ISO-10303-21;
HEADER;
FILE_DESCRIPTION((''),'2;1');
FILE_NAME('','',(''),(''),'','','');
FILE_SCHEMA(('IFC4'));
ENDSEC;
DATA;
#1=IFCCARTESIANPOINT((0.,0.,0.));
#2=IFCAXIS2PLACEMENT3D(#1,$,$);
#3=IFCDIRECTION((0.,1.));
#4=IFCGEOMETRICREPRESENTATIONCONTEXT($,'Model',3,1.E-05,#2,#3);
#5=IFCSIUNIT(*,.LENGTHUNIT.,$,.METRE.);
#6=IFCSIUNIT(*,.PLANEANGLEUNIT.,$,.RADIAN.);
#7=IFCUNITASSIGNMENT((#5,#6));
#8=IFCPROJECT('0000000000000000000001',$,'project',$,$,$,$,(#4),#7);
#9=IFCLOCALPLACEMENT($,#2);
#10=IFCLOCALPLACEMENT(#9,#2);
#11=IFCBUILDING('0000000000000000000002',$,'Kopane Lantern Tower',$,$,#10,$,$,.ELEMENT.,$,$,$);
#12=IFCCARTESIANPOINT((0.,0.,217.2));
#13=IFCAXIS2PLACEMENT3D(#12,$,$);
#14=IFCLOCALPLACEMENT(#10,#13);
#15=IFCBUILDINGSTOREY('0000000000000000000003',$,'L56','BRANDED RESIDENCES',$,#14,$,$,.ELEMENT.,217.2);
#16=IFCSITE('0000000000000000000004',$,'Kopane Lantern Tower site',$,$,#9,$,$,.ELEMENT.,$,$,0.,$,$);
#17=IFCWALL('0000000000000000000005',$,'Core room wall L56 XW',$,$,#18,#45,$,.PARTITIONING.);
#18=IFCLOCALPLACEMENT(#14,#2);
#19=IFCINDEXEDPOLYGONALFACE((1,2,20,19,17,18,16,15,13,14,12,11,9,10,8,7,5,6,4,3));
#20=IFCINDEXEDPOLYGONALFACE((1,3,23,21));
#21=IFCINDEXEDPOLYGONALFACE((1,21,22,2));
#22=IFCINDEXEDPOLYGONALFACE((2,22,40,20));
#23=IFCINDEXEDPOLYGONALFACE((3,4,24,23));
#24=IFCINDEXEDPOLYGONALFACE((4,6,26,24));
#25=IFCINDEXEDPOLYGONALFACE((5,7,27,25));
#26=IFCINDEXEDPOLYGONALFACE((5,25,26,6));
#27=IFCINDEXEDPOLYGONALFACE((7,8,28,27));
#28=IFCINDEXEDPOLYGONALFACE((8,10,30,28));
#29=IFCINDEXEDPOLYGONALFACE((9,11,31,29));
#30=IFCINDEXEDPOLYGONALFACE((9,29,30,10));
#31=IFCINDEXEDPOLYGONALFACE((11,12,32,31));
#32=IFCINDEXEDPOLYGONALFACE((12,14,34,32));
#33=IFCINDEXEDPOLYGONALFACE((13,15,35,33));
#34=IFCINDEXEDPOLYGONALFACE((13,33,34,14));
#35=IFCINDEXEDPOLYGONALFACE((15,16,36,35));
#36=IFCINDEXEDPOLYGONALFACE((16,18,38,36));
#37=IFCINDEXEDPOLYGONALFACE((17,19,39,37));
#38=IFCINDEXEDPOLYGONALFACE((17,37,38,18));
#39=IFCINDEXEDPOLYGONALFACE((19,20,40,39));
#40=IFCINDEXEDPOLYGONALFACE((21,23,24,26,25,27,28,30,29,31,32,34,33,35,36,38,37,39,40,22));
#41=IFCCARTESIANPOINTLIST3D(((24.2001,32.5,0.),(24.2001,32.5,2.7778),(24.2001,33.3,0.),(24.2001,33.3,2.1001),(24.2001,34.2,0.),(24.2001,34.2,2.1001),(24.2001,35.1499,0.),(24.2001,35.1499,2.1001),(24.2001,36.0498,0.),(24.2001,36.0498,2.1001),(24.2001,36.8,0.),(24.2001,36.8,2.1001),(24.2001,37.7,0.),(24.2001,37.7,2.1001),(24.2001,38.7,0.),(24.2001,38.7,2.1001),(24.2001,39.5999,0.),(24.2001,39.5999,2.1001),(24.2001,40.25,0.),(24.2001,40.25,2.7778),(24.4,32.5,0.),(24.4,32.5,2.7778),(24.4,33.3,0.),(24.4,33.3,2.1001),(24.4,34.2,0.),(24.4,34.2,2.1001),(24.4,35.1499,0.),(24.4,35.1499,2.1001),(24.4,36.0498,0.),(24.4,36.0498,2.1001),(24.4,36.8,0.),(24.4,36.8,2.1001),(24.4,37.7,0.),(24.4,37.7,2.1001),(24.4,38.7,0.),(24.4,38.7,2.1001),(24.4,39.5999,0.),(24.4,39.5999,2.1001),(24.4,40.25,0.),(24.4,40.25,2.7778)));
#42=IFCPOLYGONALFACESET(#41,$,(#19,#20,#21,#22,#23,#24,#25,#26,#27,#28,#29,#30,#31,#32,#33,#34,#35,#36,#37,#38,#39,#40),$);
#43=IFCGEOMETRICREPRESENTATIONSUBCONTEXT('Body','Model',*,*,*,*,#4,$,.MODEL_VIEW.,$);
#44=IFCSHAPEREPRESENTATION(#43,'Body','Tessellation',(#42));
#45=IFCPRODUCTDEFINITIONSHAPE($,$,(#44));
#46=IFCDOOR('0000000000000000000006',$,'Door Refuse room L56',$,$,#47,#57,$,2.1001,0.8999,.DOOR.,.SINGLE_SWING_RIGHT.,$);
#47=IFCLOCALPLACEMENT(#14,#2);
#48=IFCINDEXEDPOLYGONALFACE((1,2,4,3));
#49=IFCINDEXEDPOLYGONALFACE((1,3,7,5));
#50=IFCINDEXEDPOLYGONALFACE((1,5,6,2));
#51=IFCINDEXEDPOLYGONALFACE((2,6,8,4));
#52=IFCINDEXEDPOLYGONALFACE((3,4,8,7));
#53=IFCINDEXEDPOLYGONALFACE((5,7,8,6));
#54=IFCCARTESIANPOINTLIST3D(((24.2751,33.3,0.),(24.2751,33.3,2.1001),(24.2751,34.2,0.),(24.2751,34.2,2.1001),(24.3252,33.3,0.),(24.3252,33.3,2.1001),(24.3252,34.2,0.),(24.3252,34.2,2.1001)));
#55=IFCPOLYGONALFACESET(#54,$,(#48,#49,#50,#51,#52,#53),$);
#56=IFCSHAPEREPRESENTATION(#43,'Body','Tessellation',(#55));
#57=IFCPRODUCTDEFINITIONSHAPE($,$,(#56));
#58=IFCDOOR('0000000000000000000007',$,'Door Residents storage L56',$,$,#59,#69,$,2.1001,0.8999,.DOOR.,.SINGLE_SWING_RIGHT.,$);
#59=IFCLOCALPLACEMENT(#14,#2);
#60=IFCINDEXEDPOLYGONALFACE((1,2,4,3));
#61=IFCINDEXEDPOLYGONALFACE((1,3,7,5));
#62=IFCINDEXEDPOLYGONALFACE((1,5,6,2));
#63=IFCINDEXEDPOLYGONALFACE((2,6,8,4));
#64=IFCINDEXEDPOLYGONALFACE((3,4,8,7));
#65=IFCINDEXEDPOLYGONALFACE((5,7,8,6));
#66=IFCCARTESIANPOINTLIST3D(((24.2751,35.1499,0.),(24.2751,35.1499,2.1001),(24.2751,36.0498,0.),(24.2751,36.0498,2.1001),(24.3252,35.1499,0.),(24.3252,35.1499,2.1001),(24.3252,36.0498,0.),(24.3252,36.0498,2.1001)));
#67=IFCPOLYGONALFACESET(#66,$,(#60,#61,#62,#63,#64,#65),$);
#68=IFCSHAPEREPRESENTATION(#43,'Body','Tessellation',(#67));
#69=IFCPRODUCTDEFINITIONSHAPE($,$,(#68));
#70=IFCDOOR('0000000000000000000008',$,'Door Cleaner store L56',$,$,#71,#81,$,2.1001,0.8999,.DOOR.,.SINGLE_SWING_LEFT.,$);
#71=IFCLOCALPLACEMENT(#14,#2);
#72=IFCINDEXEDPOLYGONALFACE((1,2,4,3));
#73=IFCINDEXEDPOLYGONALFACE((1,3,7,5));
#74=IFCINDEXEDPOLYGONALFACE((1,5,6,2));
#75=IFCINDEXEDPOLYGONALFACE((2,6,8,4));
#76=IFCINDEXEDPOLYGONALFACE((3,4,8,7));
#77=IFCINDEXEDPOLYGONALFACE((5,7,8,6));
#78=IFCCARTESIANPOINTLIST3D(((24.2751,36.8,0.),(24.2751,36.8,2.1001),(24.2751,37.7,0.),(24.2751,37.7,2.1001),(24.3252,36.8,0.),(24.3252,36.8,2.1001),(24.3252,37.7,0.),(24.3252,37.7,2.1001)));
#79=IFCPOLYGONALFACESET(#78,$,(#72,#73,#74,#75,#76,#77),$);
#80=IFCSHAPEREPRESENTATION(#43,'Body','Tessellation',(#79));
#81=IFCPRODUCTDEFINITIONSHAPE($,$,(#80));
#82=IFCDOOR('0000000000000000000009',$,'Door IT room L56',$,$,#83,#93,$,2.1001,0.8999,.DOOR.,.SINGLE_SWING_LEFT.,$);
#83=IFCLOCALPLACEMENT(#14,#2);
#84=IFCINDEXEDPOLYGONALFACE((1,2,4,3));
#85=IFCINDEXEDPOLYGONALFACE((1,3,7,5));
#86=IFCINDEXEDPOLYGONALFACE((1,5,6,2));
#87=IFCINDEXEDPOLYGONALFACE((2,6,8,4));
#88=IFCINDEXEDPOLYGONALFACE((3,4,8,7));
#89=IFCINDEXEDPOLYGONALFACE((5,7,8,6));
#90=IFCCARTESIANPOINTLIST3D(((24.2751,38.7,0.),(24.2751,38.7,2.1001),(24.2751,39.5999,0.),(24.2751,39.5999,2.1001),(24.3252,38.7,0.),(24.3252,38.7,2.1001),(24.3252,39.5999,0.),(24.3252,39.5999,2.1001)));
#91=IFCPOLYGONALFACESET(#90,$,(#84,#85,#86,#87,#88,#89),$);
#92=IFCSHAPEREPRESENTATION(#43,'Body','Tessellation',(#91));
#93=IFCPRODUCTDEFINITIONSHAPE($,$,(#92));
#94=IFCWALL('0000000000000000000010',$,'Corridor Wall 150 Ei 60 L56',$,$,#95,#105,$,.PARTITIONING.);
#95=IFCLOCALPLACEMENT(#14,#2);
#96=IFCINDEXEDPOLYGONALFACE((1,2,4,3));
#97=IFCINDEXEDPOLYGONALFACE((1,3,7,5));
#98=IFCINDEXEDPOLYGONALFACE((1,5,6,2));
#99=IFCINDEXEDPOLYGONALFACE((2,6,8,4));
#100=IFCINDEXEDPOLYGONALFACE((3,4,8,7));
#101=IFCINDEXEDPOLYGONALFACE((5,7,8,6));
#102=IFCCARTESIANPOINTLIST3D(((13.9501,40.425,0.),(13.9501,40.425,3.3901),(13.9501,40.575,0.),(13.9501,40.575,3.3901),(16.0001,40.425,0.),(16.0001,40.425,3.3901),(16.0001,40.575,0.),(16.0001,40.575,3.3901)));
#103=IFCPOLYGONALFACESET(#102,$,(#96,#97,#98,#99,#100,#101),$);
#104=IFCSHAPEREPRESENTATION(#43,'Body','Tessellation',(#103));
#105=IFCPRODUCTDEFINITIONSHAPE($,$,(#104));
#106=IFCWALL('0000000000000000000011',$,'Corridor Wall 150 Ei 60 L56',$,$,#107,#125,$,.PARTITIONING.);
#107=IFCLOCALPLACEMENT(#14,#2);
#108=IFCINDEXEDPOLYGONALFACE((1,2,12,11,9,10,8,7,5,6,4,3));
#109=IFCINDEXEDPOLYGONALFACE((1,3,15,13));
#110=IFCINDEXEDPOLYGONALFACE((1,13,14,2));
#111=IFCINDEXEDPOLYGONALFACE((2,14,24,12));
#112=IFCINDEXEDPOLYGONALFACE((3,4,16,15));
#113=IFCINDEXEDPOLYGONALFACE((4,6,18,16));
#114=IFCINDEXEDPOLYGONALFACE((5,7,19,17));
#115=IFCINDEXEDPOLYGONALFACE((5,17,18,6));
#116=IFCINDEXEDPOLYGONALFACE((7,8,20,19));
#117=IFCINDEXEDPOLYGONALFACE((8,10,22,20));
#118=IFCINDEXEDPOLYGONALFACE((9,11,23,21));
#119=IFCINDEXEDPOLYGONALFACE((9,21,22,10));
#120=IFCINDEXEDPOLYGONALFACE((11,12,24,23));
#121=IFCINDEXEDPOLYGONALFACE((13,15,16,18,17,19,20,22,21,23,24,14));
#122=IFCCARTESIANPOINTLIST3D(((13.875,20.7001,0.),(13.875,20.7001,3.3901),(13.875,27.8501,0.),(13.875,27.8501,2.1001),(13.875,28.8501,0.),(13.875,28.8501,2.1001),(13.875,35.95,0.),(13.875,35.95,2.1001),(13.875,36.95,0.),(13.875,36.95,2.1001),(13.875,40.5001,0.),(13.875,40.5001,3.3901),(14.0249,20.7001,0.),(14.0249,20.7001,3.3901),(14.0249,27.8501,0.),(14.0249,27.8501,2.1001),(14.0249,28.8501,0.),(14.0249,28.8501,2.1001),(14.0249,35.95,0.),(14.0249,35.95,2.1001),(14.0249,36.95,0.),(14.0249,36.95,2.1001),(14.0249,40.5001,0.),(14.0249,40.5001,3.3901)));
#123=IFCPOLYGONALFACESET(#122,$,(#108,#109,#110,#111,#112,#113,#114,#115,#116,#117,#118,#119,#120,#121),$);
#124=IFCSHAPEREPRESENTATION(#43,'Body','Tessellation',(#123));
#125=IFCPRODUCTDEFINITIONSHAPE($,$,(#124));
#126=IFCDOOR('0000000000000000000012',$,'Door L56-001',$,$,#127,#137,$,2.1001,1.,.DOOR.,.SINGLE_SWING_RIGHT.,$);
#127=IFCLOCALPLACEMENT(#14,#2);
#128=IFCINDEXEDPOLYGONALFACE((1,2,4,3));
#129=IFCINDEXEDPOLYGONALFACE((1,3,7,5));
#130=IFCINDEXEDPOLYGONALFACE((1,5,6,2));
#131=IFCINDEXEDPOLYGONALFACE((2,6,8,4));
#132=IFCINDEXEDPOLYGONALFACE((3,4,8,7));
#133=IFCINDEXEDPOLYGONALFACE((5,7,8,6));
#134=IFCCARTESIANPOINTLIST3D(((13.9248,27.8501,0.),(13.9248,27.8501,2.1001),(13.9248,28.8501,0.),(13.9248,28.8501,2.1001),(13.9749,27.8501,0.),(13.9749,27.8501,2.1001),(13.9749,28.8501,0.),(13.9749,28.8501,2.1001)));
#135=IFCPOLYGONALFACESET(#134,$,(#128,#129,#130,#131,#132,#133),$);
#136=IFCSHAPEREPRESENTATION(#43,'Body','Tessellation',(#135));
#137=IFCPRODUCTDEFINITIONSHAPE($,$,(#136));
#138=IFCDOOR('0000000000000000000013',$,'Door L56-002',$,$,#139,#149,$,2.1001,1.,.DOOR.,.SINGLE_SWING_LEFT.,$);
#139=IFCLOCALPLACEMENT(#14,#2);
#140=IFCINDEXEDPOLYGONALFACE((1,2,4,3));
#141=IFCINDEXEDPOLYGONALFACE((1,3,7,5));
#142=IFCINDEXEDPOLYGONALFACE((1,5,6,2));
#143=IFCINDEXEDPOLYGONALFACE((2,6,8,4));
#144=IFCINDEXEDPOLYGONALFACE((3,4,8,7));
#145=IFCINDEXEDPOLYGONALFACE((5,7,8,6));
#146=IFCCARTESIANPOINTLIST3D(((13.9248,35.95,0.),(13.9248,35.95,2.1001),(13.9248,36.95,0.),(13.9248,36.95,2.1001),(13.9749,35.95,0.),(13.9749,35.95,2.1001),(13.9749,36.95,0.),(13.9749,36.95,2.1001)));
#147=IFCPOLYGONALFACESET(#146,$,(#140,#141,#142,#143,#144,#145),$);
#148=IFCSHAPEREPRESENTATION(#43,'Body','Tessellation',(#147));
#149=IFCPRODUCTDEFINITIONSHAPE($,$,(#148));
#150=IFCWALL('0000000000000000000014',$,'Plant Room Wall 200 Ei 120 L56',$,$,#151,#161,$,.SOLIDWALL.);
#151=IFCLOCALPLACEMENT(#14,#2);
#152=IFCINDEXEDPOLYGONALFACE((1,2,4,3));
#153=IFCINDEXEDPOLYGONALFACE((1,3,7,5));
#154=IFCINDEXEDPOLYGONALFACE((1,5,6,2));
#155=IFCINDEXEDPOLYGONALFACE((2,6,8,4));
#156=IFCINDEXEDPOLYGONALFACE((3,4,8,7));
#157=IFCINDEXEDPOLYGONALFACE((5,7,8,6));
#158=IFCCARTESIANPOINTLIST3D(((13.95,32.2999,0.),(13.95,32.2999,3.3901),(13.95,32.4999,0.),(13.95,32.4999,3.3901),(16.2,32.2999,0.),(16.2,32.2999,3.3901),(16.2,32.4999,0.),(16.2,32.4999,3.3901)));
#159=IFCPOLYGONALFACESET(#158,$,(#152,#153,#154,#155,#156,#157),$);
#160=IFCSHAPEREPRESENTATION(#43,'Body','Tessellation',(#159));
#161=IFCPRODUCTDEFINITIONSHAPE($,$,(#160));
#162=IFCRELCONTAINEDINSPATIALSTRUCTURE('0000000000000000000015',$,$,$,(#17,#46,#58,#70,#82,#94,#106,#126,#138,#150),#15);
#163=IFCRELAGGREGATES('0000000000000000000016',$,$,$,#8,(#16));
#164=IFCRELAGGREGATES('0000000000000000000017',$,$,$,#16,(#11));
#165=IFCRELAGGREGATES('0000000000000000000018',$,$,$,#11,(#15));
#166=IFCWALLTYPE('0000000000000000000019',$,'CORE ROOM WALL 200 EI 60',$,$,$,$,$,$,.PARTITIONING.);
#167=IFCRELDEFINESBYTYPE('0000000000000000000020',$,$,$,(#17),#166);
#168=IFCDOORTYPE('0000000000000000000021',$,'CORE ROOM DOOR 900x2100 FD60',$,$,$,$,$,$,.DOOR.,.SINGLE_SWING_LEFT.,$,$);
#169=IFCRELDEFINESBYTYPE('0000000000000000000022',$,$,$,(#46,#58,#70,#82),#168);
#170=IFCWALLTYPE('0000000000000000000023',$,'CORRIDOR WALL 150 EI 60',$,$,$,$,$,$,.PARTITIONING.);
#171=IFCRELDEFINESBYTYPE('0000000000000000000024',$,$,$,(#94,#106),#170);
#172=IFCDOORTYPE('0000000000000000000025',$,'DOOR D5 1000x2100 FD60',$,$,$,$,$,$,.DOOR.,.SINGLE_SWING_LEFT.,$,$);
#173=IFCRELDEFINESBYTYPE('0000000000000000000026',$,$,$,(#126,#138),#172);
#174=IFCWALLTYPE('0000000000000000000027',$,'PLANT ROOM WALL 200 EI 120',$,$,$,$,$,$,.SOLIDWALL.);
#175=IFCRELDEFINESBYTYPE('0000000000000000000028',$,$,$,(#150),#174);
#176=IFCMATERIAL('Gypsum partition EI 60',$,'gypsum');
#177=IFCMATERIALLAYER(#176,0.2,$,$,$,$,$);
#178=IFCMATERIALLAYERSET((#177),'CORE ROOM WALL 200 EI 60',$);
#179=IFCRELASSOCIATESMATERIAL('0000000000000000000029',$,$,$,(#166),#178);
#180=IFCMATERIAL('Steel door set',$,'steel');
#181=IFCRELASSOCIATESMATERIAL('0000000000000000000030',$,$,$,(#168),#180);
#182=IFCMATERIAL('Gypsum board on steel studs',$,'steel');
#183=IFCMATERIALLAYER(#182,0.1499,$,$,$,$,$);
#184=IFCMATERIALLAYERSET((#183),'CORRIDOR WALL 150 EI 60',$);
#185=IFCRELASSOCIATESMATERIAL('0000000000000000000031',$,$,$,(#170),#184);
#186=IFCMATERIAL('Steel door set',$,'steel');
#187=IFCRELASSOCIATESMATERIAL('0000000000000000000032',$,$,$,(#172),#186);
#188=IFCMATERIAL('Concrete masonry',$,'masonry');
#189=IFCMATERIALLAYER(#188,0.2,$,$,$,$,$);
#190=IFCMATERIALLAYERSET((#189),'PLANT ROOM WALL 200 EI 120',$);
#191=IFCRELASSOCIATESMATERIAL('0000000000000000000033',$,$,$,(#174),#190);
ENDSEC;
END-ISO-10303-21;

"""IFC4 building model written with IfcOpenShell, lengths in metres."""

from ifc_helpers import new_model, si_unit, direction, frame, frame_2d, origin, place, context, subcontext, project, spatial, rectangle, extrude, material, layer, layer_set, type_object, element, fill, save


model = new_model("IFC4")

# Units and contexts
model_context = context("Model", 3, precision=1e-05, world=origin(), true_north=direction((0.0, 1.0)))
body_context = subcontext(model_context, "Body", "Model", "MODEL_VIEW")
ifc_project = project(units=[si_unit("LENGTHUNIT", "METRE"), si_unit("PLANEANGLEUNIT", "RADIAN")], contexts=[model_context])

# Site, building, storey
site_placement = place(None, origin())
site = spatial("IfcSite", under=ifc_project, at=site_placement, Name="Kopane Lantern Tower site", CompositionType="ELEMENT", RefElevation=0.0)
building_placement = place(site_placement, origin())
building = spatial("IfcBuilding", under=site, at=building_placement, Name="Kopane Lantern Tower", CompositionType="ELEMENT")
storey_placement = place(building_placement, frame((0.0, 0.0, 217.2)))
storey = spatial("IfcBuildingStorey", under=building, at=storey_placement, Name="L56", Description="BRANDED RESIDENCES", CompositionType="ELEMENT", Elevation=217.2)

# Wall, openings, doors
ifc_material_1 = material(Name="Gypsum partition EI 60", Category="gypsum")
ifc_layer_1 = layer(ifc_material_1, 0.2)
ifc_layer_set_1 = layer_set([ifc_layer_1], Name="CORE ROOM WALL 200 EI 60")
wall_type_1 = type_object("IfcWallType", Name="CORE ROOM WALL 200 EI 60", PredefinedType="PARTITIONING", material=ifc_layer_set_1)
wall_1_placement = place(storey_placement, frame((24.3, 32.5, 0.0), z_axis=(0.0, 0.0, 1.0), x_axis=(0.0, 1.0, 0.0)))
wall_1 = element("IfcWall", 1, at=wall_1_placement, inside=storey, type_object=wall_type_1, Name="Core room wall L56 XW", PredefinedType="PARTITIONING", context=body_context, shape_type="SweptSolid", body=[
    extrude(rectangle(XDim=7.75, YDim=0.2, at=frame_2d((3.875, 0.0))), origin(), (0.0, 0.0, 1.0), 2.7778),
])
opening_1_placement = place(wall_1_placement, frame((0.8, 0.0, 0.0)))
opening_1 = element("IfcOpeningElement", 2, at=opening_1_placement, cuts=wall_1, PredefinedType="OPENING", context=body_context, shape_type="SweptSolid", body=[
    extrude(rectangle(XDim=0.8999, YDim=2.1001, at=frame_2d((0.45, 1.05))), frame((0.0, 0.1099, 0.0), z_axis=(0.0, -1.0, 0.0), x_axis=(1.0, 0.0, 0.0)), (0.0, 0.0, 1.0), 0.22),
])
opening_2_placement = place(wall_1_placement, frame((2.6499, 0.0, 0.0)))
opening_2 = element("IfcOpeningElement", 3, at=opening_2_placement, cuts=wall_1, PredefinedType="OPENING", context=body_context, shape_type="SweptSolid", body=[
    extrude(rectangle(XDim=0.8999, YDim=2.1001, at=frame_2d((0.45, 1.05))), frame((0.0, 0.1099, 0.0), z_axis=(0.0, -1.0, 0.0), x_axis=(1.0, 0.0, 0.0)), (0.0, 0.0, 1.0), 0.22),
])
opening_3_placement = place(wall_1_placement, frame((4.3, 0.0, 0.0)))
opening_3 = element("IfcOpeningElement", 4, at=opening_3_placement, cuts=wall_1, PredefinedType="OPENING", context=body_context, shape_type="SweptSolid", body=[
    extrude(rectangle(XDim=0.8999, YDim=2.1001, at=frame_2d((0.45, 1.05))), frame((0.0, 0.1099, 0.0), z_axis=(0.0, -1.0, 0.0), x_axis=(1.0, 0.0, 0.0)), (0.0, 0.0, 1.0), 0.22),
])
opening_4_placement = place(wall_1_placement, frame((6.2, 0.0, 0.0)))
opening_4 = element("IfcOpeningElement", 5, at=opening_4_placement, cuts=wall_1, PredefinedType="OPENING", context=body_context, shape_type="SweptSolid", body=[
    extrude(rectangle(XDim=0.8999, YDim=2.1001, at=frame_2d((0.45, 1.05))), frame((0.0, 0.1099, 0.0), z_axis=(0.0, -1.0, 0.0), x_axis=(1.0, 0.0, 0.0)), (0.0, 0.0, 1.0), 0.22),
])
ifc_material_2 = material(Name="Steel door set", Category="steel")
door_type_1 = type_object("IfcDoorType", Name="CORE ROOM DOOR 900x2100 FD60", OperationType="SINGLE_SWING_LEFT", PredefinedType="DOOR", material=ifc_material_2)
door_1_placement = place(opening_1_placement, origin())
door_1 = element("IfcDoor", 6, at=door_1_placement, inside=storey, type_object=door_type_1, Name="Door Refuse room L56", OperationType="SINGLE_SWING_RIGHT", OverallHeight=2.1001, OverallWidth=0.8999, PredefinedType="DOOR", context=body_context, shape_type="SweptSolid", body=[
    extrude(rectangle(XDim=0.8999, YDim=2.1001, at=frame_2d((0.45, 1.05))), frame((0.0, 0.0249, 0.0), z_axis=(0.0, -1.0, 0.0), x_axis=(1.0, 0.0, 0.0)), (0.0, 0.0, 1.0), 0.05),
])
fill(opening_1, door_1)
door_2_placement = place(opening_2_placement, origin())
door_2 = element("IfcDoor", 7, at=door_2_placement, inside=storey, type_object=door_type_1, Name="Door Residents storage L56", OperationType="SINGLE_SWING_RIGHT", OverallHeight=2.1001, OverallWidth=0.8999, PredefinedType="DOOR", context=body_context, shape_type="SweptSolid", body=[
    extrude(rectangle(XDim=0.8999, YDim=2.1001, at=frame_2d((0.45, 1.05))), frame((0.0, 0.0249, 0.0), z_axis=(0.0, -1.0, 0.0), x_axis=(1.0, 0.0, 0.0)), (0.0, 0.0, 1.0), 0.05),
])
fill(opening_2, door_2)
door_3_placement = place(opening_3_placement, origin())
door_3 = element("IfcDoor", 8, at=door_3_placement, inside=storey, type_object=door_type_1, Name="Door Cleaner store L56", OperationType="SINGLE_SWING_LEFT", OverallHeight=2.1001, OverallWidth=0.8999, PredefinedType="DOOR", context=body_context, shape_type="SweptSolid", body=[
    extrude(rectangle(XDim=0.8999, YDim=2.1001, at=frame_2d((0.45, 1.05))), frame((0.0, 0.0249, 0.0), z_axis=(0.0, -1.0, 0.0), x_axis=(1.0, 0.0, 0.0)), (0.0, 0.0, 1.0), 0.05),
])
fill(opening_3, door_3)
door_4_placement = place(opening_4_placement, origin())
door_4 = element("IfcDoor", 9, at=door_4_placement, inside=storey, type_object=door_type_1, Name="Door IT room L56", OperationType="SINGLE_SWING_LEFT", OverallHeight=2.1001, OverallWidth=0.8999, PredefinedType="DOOR", context=body_context, shape_type="SweptSolid", body=[
    extrude(rectangle(XDim=0.8999, YDim=2.1001, at=frame_2d((0.45, 1.05))), frame((0.0, 0.0249, 0.0), z_axis=(0.0, -1.0, 0.0), x_axis=(1.0, 0.0, 0.0)), (0.0, 0.0, 1.0), 0.05),
])
fill(opening_4, door_4)

# Wall
ifc_material_3 = material(Name="Gypsum board on steel studs", Category="steel")
ifc_layer_2 = layer(ifc_material_3, 0.1499)
ifc_layer_set_2 = layer_set([ifc_layer_2], Name="CORRIDOR WALL 150 EI 60")
wall_type_2 = type_object("IfcWallType", Name="CORRIDOR WALL 150 EI 60", PredefinedType="PARTITIONING", material=ifc_layer_set_2)
wall_2_placement = place(storey_placement, frame((16.0, 40.5, 0.0), z_axis=(0.0, 0.0, 1.0), x_axis=(-1.0, 0.0, 0.0)))
element("IfcWall", 10, at=wall_2_placement, inside=storey, type_object=wall_type_2, Name="Corridor Wall 150 Ei 60 L56", PredefinedType="PARTITIONING", context=body_context, shape_type="SweptSolid", body=[
    extrude(rectangle(XDim=2.05, YDim=0.1499, at=frame_2d((1.0249, 0.0))), origin(), (0.0, 0.0, 1.0), 3.3901),
])

# Wall, openings, doors
wall_3_placement = place(storey_placement, frame((13.95, 40.5, 0.0), z_axis=(0.0, 0.0, 1.0), x_axis=(0.0, -1.0, 0.0)))
wall_3 = element("IfcWall", 11, at=wall_3_placement, inside=storey, type_object=wall_type_2, Name="Corridor Wall 150 Ei 60 L56", PredefinedType="PARTITIONING", context=body_context, shape_type="SweptSolid", body=[
    extrude(rectangle(XDim=19.8, YDim=0.1499, at=frame_2d((9.8999, 0.0))), origin(), (0.0, 0.0, 1.0), 3.3901),
])
opening_5_placement = place(wall_3_placement, frame((11.6499, 0.0, 0.0)))
opening_5 = element("IfcOpeningElement", 12, at=opening_5_placement, cuts=wall_3, PredefinedType="OPENING", context=body_context, shape_type="SweptSolid", body=[
    extrude(rectangle(XDim=1.0, YDim=2.1001, at=frame_2d((0.5, 1.05))), frame((0.0, 0.085, 0.0), z_axis=(0.0, -1.0, 0.0), x_axis=(1.0, 0.0, 0.0)), (0.0, 0.0, 1.0), 0.1699),
])
opening_6_placement = place(wall_3_placement, frame((3.55, 0.0, 0.0)))
opening_6 = element("IfcOpeningElement", 13, at=opening_6_placement, cuts=wall_3, PredefinedType="OPENING", context=body_context, shape_type="SweptSolid", body=[
    extrude(rectangle(XDim=1.0, YDim=2.1001, at=frame_2d((0.5, 1.05))), frame((0.0, 0.085, 0.0), z_axis=(0.0, -1.0, 0.0), x_axis=(1.0, 0.0, 0.0)), (0.0, 0.0, 1.0), 0.1699),
])
ifc_material_4 = material(Name="Steel door set", Category="steel")
door_type_2 = type_object("IfcDoorType", Name="DOOR D5 1000x2100 FD60", OperationType="SINGLE_SWING_LEFT", PredefinedType="DOOR", material=ifc_material_4)
door_5_placement = place(opening_5_placement, origin())
door_5 = element("IfcDoor", 14, at=door_5_placement, inside=storey, type_object=door_type_2, Name="Door L56-001", OperationType="SINGLE_SWING_RIGHT", OverallHeight=2.1001, OverallWidth=1.0, PredefinedType="DOOR", context=body_context, shape_type="SweptSolid", body=[
    extrude(rectangle(XDim=1.0, YDim=2.1001, at=frame_2d((0.5, 1.05))), frame((0.0, 0.0249, 0.0), z_axis=(0.0, -1.0, 0.0), x_axis=(1.0, 0.0, 0.0)), (0.0, 0.0, 1.0), 0.05),
])
fill(opening_5, door_5)
door_6_placement = place(opening_6_placement, origin())
door_6 = element("IfcDoor", 15, at=door_6_placement, inside=storey, type_object=door_type_2, Name="Door L56-002", OperationType="SINGLE_SWING_LEFT", OverallHeight=2.1001, OverallWidth=1.0, PredefinedType="DOOR", context=body_context, shape_type="SweptSolid", body=[
    extrude(rectangle(XDim=1.0, YDim=2.1001, at=frame_2d((0.5, 1.05))), frame((0.0, 0.0249, 0.0), z_axis=(0.0, -1.0, 0.0), x_axis=(1.0, 0.0, 0.0)), (0.0, 0.0, 1.0), 0.05),
])
fill(opening_6, door_6)

# Wall
ifc_material_5 = material(Name="Concrete masonry", Category="masonry")
ifc_layer_3 = layer(ifc_material_5, 0.2)
ifc_layer_set_3 = layer_set([ifc_layer_3], Name="PLANT ROOM WALL 200 EI 120")
wall_type_3 = type_object("IfcWallType", Name="PLANT ROOM WALL 200 EI 120", PredefinedType="SOLIDWALL", material=ifc_layer_set_3)
wall_4_placement = place(storey_placement, frame((13.95, 32.3999, 0.0), z_axis=(0.0, 0.0, 1.0), x_axis=(1.0, 0.0, 0.0)))
element("IfcWall", 16, at=wall_4_placement, inside=storey, type_object=wall_type_3, Name="Plant Room Wall 200 Ei 120 L56", PredefinedType="SOLIDWALL", context=body_context, shape_type="SweptSolid", body=[
    extrude(rectangle(XDim=2.25, YDim=0.2, at=frame_2d((1.125, 0.0))), origin(), (0.0, 0.0, 1.0), 3.3901),
])

save(model, "model.ifc")
